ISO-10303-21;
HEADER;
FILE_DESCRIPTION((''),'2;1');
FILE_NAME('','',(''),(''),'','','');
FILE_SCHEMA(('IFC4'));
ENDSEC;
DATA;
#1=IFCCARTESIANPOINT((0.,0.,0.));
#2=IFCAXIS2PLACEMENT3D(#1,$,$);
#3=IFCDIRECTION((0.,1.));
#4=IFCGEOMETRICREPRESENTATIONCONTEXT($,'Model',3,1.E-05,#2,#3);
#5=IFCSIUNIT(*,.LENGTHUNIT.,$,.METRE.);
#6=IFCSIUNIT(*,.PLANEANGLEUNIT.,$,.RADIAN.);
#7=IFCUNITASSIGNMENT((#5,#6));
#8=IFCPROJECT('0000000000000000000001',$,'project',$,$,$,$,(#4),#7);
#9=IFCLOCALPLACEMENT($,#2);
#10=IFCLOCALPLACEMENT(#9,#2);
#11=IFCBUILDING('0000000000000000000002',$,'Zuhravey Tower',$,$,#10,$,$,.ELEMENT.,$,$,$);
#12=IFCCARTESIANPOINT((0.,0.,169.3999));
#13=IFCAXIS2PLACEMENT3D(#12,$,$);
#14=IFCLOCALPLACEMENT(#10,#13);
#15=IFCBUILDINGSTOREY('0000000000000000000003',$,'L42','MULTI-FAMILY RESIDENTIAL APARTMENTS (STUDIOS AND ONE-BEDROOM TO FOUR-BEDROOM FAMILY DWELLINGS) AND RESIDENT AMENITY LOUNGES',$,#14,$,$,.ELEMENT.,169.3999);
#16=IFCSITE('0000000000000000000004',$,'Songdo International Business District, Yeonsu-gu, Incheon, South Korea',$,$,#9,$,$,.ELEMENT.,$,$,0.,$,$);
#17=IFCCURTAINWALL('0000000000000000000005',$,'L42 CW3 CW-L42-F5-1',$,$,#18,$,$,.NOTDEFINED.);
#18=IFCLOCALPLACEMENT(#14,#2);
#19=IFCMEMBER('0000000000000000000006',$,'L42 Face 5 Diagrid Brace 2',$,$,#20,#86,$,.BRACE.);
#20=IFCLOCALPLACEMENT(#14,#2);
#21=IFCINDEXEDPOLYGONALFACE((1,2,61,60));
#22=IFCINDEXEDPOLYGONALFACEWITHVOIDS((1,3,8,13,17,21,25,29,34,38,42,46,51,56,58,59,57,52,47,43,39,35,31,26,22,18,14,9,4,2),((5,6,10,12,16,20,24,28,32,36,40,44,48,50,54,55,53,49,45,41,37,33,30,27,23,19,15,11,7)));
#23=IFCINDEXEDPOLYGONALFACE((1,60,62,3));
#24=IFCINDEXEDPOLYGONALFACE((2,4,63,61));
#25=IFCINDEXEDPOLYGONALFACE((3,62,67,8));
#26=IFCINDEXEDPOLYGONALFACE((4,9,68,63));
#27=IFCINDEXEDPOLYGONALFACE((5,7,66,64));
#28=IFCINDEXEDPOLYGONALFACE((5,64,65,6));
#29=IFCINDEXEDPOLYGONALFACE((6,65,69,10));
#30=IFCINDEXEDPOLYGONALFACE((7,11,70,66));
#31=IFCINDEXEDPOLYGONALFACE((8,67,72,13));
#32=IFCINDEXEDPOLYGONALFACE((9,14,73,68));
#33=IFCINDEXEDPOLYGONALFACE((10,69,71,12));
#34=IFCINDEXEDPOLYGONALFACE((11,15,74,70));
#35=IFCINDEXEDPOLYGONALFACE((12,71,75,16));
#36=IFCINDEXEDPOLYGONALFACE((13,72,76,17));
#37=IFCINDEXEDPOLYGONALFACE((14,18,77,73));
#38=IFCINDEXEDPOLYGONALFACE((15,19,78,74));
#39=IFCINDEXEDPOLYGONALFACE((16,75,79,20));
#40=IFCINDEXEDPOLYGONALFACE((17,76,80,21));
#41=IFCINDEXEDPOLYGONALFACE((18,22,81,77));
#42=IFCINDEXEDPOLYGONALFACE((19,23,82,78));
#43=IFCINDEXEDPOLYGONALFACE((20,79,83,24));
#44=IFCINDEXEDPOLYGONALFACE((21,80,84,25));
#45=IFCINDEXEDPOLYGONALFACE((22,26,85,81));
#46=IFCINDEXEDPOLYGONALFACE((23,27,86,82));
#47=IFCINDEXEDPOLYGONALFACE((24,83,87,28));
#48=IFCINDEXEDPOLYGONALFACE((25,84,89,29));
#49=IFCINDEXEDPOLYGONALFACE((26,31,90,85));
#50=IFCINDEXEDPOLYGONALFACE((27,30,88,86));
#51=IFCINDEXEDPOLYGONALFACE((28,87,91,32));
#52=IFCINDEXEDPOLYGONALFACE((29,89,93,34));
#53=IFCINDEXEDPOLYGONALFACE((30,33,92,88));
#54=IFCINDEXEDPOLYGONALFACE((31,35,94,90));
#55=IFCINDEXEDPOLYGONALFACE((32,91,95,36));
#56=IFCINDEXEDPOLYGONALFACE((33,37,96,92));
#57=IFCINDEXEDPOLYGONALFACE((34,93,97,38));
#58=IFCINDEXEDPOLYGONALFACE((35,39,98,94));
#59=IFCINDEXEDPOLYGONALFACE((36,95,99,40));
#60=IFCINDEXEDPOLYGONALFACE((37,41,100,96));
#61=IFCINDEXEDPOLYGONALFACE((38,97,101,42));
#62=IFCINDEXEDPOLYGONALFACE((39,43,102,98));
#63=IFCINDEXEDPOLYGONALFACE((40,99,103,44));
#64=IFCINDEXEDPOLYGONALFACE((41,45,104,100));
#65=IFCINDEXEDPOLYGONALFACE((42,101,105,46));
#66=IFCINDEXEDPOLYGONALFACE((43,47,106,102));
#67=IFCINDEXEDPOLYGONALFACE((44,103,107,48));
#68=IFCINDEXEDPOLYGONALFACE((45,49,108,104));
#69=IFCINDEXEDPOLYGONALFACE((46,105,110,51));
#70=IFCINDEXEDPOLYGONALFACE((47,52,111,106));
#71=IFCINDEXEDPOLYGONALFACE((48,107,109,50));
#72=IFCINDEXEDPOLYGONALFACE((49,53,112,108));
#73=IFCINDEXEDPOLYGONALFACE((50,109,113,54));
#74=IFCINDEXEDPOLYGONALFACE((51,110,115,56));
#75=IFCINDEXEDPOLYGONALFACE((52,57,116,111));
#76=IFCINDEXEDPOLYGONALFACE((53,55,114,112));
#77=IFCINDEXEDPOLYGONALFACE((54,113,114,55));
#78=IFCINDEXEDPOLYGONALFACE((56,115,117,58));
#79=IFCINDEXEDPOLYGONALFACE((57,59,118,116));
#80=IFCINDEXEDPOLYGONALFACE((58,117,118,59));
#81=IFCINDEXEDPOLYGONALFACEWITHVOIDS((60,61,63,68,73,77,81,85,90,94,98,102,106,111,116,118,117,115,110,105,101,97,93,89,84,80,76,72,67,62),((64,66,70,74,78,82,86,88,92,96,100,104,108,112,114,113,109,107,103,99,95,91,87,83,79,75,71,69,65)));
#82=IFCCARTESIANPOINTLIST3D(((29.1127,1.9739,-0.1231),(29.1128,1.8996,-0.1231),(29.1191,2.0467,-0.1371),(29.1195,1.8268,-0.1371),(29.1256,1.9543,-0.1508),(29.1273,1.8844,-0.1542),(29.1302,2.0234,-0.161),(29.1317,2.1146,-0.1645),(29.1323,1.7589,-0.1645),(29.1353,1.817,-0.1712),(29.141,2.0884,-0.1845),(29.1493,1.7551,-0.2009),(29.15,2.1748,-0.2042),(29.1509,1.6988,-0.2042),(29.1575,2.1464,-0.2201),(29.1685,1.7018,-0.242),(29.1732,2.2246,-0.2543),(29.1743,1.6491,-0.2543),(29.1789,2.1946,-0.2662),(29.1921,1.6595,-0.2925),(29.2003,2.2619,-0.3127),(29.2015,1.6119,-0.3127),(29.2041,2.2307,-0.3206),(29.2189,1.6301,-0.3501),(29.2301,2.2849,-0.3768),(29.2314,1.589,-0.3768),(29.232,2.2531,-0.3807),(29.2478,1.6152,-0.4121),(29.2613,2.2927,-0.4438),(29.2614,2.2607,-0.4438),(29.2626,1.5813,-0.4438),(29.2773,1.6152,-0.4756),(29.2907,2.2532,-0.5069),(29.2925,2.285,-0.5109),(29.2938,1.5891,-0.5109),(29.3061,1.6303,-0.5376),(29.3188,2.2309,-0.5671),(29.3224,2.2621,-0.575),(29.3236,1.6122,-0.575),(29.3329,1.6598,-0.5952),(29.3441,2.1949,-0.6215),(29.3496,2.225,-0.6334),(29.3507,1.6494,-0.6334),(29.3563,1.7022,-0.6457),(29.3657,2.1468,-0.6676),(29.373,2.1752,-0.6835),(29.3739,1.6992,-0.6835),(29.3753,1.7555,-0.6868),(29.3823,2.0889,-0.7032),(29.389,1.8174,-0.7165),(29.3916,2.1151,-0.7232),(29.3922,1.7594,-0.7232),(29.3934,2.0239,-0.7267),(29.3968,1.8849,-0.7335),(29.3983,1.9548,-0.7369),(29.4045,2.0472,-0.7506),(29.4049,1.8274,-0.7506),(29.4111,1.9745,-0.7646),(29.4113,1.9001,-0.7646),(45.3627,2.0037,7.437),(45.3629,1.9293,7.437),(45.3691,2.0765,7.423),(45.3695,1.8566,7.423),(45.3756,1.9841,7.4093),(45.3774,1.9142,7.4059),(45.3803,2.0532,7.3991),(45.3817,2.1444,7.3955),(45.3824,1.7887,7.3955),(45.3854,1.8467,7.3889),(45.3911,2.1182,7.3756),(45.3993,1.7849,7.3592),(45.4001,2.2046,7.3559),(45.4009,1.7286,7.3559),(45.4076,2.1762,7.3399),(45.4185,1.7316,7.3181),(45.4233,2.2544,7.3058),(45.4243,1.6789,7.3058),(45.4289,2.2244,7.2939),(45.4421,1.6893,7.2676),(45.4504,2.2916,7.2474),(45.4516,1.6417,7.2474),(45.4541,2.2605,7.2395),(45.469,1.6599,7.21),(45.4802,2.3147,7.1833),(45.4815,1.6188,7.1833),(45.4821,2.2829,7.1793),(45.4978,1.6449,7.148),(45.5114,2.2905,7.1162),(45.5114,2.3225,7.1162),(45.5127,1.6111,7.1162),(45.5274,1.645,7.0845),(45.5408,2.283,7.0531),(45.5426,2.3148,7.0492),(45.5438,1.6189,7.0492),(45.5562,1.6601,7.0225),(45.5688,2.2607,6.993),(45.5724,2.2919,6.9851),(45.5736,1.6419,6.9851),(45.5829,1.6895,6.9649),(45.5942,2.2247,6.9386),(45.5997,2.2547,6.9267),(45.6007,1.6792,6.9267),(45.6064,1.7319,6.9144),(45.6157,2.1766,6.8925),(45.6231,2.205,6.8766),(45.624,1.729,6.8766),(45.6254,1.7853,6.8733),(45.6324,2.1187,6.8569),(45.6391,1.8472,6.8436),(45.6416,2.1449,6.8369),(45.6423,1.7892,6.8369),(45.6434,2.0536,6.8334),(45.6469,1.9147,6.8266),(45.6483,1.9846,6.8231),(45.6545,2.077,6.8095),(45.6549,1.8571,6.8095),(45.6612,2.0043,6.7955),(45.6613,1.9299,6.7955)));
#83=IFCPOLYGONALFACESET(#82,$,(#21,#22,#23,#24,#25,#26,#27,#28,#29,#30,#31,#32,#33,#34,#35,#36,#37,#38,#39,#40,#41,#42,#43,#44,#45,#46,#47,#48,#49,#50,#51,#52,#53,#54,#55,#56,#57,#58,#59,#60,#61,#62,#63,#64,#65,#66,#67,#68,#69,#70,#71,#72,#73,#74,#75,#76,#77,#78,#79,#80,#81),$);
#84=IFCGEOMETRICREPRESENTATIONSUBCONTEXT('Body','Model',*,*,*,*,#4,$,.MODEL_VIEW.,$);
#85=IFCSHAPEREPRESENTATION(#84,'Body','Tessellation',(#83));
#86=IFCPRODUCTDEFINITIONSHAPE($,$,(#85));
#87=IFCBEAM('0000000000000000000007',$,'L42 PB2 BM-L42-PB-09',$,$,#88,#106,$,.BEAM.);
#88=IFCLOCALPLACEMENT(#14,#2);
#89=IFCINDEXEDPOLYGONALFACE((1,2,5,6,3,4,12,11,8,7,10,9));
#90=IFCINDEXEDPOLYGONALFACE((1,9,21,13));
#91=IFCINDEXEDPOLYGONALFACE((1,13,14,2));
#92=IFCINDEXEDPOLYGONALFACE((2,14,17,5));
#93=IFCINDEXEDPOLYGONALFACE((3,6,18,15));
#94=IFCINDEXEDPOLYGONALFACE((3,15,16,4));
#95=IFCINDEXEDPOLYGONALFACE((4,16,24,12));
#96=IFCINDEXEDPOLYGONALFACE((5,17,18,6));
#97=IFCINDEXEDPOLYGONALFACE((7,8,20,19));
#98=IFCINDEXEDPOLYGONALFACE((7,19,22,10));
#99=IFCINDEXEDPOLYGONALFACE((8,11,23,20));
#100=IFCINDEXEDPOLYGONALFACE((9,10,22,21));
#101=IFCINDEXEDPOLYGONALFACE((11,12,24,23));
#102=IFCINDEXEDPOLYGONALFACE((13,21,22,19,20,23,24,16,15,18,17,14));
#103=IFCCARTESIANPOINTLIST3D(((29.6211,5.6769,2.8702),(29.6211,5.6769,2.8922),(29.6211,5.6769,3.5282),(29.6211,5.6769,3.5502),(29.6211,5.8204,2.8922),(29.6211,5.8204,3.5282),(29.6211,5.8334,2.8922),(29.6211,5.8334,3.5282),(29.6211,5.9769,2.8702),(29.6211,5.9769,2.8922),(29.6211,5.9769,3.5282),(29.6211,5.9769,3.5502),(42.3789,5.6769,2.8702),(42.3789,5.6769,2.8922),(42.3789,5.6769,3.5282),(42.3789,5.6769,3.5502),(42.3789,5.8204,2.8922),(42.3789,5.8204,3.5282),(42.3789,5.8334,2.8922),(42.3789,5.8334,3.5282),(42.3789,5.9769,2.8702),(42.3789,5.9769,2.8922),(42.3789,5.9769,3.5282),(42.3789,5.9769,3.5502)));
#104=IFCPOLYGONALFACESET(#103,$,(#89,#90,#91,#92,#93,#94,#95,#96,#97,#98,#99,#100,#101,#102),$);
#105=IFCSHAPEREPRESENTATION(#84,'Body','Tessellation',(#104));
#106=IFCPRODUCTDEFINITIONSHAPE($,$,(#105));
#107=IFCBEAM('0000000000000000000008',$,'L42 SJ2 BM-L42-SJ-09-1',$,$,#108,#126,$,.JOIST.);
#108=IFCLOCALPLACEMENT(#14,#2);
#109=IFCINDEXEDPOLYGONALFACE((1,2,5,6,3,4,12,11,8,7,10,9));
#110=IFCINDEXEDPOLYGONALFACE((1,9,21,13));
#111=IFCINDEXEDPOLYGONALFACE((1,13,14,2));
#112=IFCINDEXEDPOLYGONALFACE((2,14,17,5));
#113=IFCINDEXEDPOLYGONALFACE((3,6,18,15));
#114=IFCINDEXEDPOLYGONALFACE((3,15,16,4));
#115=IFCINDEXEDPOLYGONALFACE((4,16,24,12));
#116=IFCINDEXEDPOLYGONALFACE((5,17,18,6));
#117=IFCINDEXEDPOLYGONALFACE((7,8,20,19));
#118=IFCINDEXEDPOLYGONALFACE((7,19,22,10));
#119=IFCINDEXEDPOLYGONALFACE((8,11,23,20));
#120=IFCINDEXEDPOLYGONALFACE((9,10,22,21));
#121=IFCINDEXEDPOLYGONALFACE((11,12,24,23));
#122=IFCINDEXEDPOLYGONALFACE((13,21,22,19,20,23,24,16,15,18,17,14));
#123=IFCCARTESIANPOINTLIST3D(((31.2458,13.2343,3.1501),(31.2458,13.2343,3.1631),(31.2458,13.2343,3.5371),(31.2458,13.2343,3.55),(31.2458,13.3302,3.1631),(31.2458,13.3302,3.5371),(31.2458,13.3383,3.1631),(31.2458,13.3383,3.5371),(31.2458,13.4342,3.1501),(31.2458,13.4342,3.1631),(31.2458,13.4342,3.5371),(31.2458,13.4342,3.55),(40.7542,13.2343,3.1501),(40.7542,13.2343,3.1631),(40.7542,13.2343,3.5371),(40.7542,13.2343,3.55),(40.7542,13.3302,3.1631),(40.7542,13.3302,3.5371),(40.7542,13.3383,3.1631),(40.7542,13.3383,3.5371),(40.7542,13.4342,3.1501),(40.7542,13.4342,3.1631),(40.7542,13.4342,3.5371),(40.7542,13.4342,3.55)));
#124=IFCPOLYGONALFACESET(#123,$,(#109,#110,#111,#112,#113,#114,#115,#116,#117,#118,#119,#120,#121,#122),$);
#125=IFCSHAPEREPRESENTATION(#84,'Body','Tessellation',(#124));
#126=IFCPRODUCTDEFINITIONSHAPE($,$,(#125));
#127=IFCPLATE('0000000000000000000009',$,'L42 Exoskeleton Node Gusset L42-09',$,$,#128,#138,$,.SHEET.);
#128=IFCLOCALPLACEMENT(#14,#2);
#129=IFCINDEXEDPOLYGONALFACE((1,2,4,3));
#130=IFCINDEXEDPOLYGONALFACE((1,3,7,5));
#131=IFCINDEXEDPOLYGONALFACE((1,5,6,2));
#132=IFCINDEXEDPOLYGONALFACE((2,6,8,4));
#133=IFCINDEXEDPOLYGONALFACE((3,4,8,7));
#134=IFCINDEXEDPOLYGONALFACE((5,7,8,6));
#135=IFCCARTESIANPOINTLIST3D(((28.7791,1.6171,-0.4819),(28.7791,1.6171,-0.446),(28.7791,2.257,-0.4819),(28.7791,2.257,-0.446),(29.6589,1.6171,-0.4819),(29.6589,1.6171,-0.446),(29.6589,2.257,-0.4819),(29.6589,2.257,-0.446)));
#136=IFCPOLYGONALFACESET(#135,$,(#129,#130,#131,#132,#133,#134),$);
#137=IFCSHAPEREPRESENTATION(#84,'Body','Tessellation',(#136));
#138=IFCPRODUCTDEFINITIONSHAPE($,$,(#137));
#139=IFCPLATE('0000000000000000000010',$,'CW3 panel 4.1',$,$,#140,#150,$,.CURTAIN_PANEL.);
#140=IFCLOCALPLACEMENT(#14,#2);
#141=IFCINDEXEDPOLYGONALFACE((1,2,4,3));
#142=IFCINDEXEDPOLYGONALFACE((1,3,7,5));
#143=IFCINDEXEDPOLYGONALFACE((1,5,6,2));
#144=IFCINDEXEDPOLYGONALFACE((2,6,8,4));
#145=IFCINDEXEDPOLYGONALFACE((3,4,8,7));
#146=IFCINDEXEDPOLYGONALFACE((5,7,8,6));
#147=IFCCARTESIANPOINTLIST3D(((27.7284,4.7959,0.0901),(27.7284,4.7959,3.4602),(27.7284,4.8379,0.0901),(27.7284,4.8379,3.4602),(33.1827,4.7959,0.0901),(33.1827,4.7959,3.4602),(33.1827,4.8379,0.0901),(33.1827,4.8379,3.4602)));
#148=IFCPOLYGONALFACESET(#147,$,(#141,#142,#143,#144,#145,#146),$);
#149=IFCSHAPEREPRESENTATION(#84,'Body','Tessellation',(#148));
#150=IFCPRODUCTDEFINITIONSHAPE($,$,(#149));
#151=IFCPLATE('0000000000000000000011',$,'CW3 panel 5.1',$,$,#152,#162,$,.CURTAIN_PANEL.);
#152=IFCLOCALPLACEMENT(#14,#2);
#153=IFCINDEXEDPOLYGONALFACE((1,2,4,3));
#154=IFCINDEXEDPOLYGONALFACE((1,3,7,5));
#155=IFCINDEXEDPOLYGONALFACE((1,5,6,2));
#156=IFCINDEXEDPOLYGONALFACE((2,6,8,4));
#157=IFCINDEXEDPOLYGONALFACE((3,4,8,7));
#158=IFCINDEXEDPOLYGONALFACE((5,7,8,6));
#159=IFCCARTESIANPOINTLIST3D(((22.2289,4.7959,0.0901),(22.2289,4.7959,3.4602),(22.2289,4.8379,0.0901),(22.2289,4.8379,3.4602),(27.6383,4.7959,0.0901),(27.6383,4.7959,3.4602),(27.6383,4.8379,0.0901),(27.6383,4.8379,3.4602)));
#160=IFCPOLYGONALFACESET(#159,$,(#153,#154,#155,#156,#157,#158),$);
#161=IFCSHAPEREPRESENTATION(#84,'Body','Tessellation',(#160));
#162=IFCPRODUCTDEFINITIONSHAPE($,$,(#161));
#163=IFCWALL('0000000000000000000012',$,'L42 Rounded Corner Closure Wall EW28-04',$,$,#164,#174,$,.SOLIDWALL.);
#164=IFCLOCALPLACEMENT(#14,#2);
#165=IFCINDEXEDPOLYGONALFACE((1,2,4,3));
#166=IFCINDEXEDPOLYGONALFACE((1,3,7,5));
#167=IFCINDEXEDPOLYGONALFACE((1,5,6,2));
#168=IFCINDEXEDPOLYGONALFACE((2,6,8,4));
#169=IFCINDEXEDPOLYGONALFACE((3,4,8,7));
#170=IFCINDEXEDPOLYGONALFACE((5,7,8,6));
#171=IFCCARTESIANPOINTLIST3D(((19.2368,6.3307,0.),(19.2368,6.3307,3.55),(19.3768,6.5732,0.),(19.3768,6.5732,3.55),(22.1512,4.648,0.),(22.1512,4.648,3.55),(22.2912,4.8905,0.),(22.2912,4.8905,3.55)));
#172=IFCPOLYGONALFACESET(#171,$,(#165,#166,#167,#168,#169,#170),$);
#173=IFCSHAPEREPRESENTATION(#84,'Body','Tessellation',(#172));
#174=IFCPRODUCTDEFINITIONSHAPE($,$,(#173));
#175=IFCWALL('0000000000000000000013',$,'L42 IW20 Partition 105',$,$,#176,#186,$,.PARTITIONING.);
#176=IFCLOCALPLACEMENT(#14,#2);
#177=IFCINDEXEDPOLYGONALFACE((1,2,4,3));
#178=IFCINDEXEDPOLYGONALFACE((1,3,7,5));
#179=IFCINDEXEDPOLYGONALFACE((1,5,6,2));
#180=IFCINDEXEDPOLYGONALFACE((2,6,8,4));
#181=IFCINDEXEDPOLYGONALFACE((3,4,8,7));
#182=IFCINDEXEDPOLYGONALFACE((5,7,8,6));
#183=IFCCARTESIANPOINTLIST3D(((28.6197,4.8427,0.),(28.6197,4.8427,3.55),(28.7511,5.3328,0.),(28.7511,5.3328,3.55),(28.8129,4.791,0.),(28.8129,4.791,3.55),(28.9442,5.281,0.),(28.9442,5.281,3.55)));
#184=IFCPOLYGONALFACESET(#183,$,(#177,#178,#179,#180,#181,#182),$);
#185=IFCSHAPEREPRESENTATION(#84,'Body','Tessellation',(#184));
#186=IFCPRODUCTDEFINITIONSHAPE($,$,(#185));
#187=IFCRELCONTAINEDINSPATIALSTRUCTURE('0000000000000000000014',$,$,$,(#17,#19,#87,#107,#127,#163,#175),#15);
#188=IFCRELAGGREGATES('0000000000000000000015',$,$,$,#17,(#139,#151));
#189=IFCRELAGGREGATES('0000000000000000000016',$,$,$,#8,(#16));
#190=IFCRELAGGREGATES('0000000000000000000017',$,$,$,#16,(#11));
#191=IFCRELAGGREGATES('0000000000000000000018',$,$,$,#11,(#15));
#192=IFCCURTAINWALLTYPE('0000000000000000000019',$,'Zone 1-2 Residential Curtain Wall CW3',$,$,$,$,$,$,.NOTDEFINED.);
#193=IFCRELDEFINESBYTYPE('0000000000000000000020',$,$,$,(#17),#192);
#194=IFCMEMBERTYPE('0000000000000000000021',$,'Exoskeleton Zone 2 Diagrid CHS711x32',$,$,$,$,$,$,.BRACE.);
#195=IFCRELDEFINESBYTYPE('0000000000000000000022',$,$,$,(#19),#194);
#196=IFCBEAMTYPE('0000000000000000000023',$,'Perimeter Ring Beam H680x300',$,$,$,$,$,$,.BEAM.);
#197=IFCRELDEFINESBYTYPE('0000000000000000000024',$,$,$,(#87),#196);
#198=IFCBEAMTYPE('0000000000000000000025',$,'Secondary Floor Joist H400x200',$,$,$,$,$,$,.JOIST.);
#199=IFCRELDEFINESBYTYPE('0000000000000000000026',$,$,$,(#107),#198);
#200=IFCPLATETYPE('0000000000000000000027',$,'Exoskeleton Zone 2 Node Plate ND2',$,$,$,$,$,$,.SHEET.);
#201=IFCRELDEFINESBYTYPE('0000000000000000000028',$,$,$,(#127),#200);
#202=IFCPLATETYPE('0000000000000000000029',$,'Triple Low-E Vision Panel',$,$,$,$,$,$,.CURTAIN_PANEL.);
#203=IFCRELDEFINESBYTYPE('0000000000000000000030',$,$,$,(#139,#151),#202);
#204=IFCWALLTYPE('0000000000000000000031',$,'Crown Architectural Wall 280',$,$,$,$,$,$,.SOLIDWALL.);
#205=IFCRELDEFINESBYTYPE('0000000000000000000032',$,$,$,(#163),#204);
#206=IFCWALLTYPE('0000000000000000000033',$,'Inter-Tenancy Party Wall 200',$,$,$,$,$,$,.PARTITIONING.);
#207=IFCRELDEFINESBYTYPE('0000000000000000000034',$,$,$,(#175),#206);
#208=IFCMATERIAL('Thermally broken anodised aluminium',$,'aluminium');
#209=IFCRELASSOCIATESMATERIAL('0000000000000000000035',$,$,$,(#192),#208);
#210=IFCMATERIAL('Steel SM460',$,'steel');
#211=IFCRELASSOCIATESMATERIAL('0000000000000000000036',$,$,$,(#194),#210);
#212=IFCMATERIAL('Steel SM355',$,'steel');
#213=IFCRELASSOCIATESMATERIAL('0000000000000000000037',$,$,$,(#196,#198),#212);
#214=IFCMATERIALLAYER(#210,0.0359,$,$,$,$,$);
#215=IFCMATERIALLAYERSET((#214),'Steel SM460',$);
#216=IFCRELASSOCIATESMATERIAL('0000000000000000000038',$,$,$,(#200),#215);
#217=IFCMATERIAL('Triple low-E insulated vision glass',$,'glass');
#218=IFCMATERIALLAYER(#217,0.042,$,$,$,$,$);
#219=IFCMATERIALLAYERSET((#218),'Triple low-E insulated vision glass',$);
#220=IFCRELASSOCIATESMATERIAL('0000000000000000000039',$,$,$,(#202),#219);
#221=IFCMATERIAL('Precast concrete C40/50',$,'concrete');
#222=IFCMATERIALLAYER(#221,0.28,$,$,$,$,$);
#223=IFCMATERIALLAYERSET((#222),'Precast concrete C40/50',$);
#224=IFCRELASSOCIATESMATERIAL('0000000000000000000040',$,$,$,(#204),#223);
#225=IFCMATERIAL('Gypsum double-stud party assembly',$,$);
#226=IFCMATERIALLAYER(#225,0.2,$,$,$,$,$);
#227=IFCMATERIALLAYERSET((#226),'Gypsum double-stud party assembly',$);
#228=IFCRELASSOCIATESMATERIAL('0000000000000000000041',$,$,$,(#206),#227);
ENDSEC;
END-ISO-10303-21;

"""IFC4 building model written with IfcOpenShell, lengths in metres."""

from ifc_helpers import new_model, si_unit, direction, frame, frame_2d, origin, origin_2d, place, context, subcontext, project, spatial, rectangle, hollow_circle, i_section, extrude, material, layer, layer_set, material_profile, profile_set, type_object, element, aggregate, save


model = new_model("IFC4")

# Units and contexts
model_context = context("Model", 3, precision=1e-05, world=origin(), true_north=direction((0.0, 1.0)))
body_context = subcontext(model_context, "Body", "Model", "MODEL_VIEW")
ifc_project = project(units=[si_unit("LENGTHUNIT", "METRE"), si_unit("PLANEANGLEUNIT", "RADIAN")], contexts=[model_context])

# Site, building, storey
site_placement = place(None, origin())
site = spatial("IfcSite", under=ifc_project, at=site_placement, Name="Songdo International Business District, Yeonsu-gu, Incheon, South Korea", CompositionType="ELEMENT", RefElevation=0.0)
building_placement = place(site_placement, origin())
building = spatial("IfcBuilding", under=site, at=building_placement, Name="Zuhravey Tower", CompositionType="ELEMENT")
storey_placement = place(building_placement, frame((0.0, 0.0, 169.3999)))
storey = spatial("IfcBuildingStorey", under=building, at=storey_placement, Name="L42", Description="MULTI-FAMILY RESIDENTIAL APARTMENTS (STUDIOS AND ONE-BEDROOM TO FOUR-BEDROOM FAMILY DWELLINGS) AND RESIDENT AMENITY LOUNGES", CompositionType="ELEMENT", Elevation=169.3999)

# Curtain wall
ifc_material_1 = material(Name="Thermally broken anodised aluminium", Category="aluminium")
curtain_wall_type = type_object("IfcCurtainWallType", Name="Zone 1-2 Residential Curtain Wall CW3", PredefinedType="NOTDEFINED", material=ifc_material_1)
curtain_wall_placement = place(storey_placement, origin())
curtain_wall = element("IfcCurtainWall", 1, at=curtain_wall_placement, inside=storey, type_object=curtain_wall_type, Name="L42 CW3 CW-L42-F5-1", PredefinedType="NOTDEFINED")

# Member
ifc_material_2 = material(Name="Steel SM355", Category="steel")
ifc_material_3 = material(Name="Steel SM460", Category="steel")
ifc_material_profile_1 = material_profile(ifc_material_3, hollow_circle(Radius=0.3557, WallThickness=0.032, at=origin_2d()), Name="CHS-711.2x32")
ifc_profile_set_1 = profile_set([ifc_material_profile_1], Name="Steel SM460")
member_type_1 = type_object("IfcMemberType", Name="Exoskeleton Zone 2 Diagrid CHS711x32", PredefinedType="BRACE", material=ifc_profile_set_1)
member_1_placement = place(storey_placement, frame((29.262, 1.937, -0.4438), z_axis=(0.906679, 0.001662, 0.421818), x_axis=(-0.001833, 0.999998, 0.0)))
element("IfcMember", 2, at=member_1_placement, inside=storey, type_object=member_type_1, Name="L42 Face 5 Diagrid Brace 2", PredefinedType="BRACE", context=body_context, shape_type="SweptSolid", body=[
    extrude(hollow_circle(Radius=0.3557, WallThickness=0.032, at=origin_2d()), origin(), (0.0, 0.0, 1.0), 17.9226),
])

# Beams
ifc_material_profile_2 = material_profile(ifc_material_2, i_section(OverallWidth=0.3, OverallDepth=0.6799, WebThickness=0.0129, FlangeThickness=0.022, at=origin_2d()), Name="H-680x300x13x22")
ifc_profile_set_2 = profile_set([ifc_material_profile_2], Name="Steel SM355")
beam_type_1 = type_object("IfcBeamType", Name="Perimeter Ring Beam H680x300", PredefinedType="BEAM", material=ifc_profile_set_2)
beam_1_placement = place(storey_placement, frame((29.6211, 5.8269, 3.2102), z_axis=(1.0, 0.0, 0.0), x_axis=(0.0, 1.0, 0.0)))
element("IfcBeam", 3, at=beam_1_placement, inside=storey, type_object=beam_type_1, Name="L42 PB2 BM-L42-PB-09", PredefinedType="BEAM", context=body_context, shape_type="SweptSolid", body=[
    extrude(i_section(OverallWidth=0.3, OverallDepth=0.6799, WebThickness=0.0129, FlangeThickness=0.022, at=origin_2d()), origin(), (0.0, 0.0, 1.0), 12.7578),
])
ifc_material_profile_3 = material_profile(ifc_material_2, i_section(OverallWidth=0.2, OverallDepth=0.3999, WebThickness=0.0081, FlangeThickness=0.0129, at=origin_2d()), Name="H-400x200x8x13")
ifc_profile_set_3 = profile_set([ifc_material_profile_3], Name="Steel SM355")
beam_type_2 = type_object("IfcBeamType", Name="Secondary Floor Joist H400x200", PredefinedType="JOIST", material=ifc_profile_set_3)
beam_2_placement = place(storey_placement, frame((31.2458, 13.3342, 3.3501), z_axis=(1.0, 0.0, 0.0), x_axis=(0.0, 1.0, 0.0)))
element("IfcBeam", 4, at=beam_2_placement, inside=storey, type_object=beam_type_2, Name="L42 SJ2 BM-L42-SJ-09-1", PredefinedType="JOIST", context=body_context, shape_type="SweptSolid", body=[
    extrude(i_section(OverallWidth=0.2, OverallDepth=0.3999, WebThickness=0.0081, FlangeThickness=0.0129, at=origin_2d()), origin(), (0.0, 0.0, 1.0), 9.5083),
])

# Plates
ifc_layer_1 = layer(ifc_material_3, 0.0359)
ifc_layer_set_1 = layer_set([ifc_layer_1], Name="Steel SM460")
plate_type_1 = type_object("IfcPlateType", Name="Exoskeleton Zone 2 Node Plate ND2", PredefinedType="SHEET", material=ifc_layer_set_1)
plate_1_placement = place(storey_placement, frame((29.219, 1.937, -0.4819), z_axis=(0.0, 0.0, 1.0), x_axis=(1.0, 0.0, 0.0)))
element("IfcPlate", 5, at=plate_1_placement, inside=storey, type_object=plate_type_1, Name="L42 Exoskeleton Node Gusset L42-09", PredefinedType="SHEET", context=body_context, shape_type="SweptSolid", body=[
    extrude(rectangle(XDim=0.8799, YDim=0.6399, at=origin_2d()), origin(), (0.0, 0.0, 1.0), 0.0359),
])
ifc_material_4 = material(Name="Triple low-E insulated vision glass", Category="glass")
ifc_layer_2 = layer(ifc_material_4, 0.042)
ifc_layer_set_2 = layer_set([ifc_layer_2], Name="Triple low-E insulated vision glass")
plate_type_2 = type_object("IfcPlateType", Name="Triple Low-E Vision Panel", PredefinedType="CURTAIN_PANEL", material=ifc_layer_set_2)
plate_2_placement = place(storey_placement, frame((30.4556, 4.8169, 0.0901), z_axis=(0.0, 0.0, 1.0), x_axis=(-1.0, 0.0, 0.0)))
plate_2 = element("IfcPlate", 6, at=plate_2_placement, type_object=plate_type_2, Name="CW3 panel 4.1", PredefinedType="CURTAIN_PANEL", context=body_context, shape_type="SweptSolid", body=[
    extrude(rectangle(XDim=5.4543, YDim=0.042, at=origin_2d()), origin(), (0.0, 0.0, 1.0), 3.3701),
])
plate_3_placement = place(storey_placement, frame((24.9336, 4.8169, 0.0901), z_axis=(0.0, 0.0, 1.0), x_axis=(-1.0, 0.0, 0.0)))
plate_3 = element("IfcPlate", 7, at=plate_3_placement, type_object=plate_type_2, Name="CW3 panel 5.1", PredefinedType="CURTAIN_PANEL", context=body_context, shape_type="SweptSolid", body=[
    extrude(rectangle(XDim=5.4094, YDim=0.042, at=origin_2d()), origin(), (0.0, 0.0, 1.0), 3.3701),
])
aggregate(curtain_wall, [plate_2, plate_3])

# Walls
ifc_material_5 = material(Name="Precast concrete C40/50", Category="concrete")
ifc_layer_3 = layer(ifc_material_5, 0.28)
ifc_layer_set_3 = layer_set([ifc_layer_3], Name="Precast concrete C40/50")
wall_type_1 = type_object("IfcWallType", Name="Crown Architectural Wall 280", PredefinedType="SOLIDWALL", material=ifc_layer_set_3)
wall_1_placement = place(storey_placement, frame((22.2212, 4.7693, 0.0), z_axis=(0.0, 0.0, 1.0), x_axis=(-0.86602, 0.500009, 0.0)))
element("IfcWall", 8, at=wall_1_placement, inside=storey, type_object=wall_type_1, Name="L42 Rounded Corner Closure Wall EW28-04", PredefinedType="SOLIDWALL", context=body_context, shape_type="SweptSolid", body=[
    extrude(rectangle(XDim=3.3652, YDim=0.28, at=frame_2d((1.6826, 0.0))), origin(), (0.0, 0.0, 1.0), 3.55),
])
ifc_material_6 = material(Name="Gypsum double-stud party assembly")
ifc_layer_4 = layer(ifc_material_6, 0.2)
ifc_layer_set_4 = layer_set([ifc_layer_4], Name="Gypsum double-stud party assembly")
wall_type_2 = type_object("IfcWallType", Name="Inter-Tenancy Party Wall 200", PredefinedType="PARTITIONING", material=ifc_layer_set_4)
wall_2_placement = place(storey_placement, frame((28.8477, 5.3069, 0.0), z_axis=(0.0, 0.0, 1.0), x_axis=(-0.258921, -0.965899, 0.0)))
element("IfcWall", 9, at=wall_2_placement, inside=storey, type_object=wall_type_2, Name="L42 IW20 Partition 105", PredefinedType="PARTITIONING", context=body_context, shape_type="SweptSolid", body=[
    extrude(rectangle(XDim=0.5073, YDim=0.2, at=frame_2d((0.2537, 0.0))), origin(), (0.0, 0.0, 1.0), 3.55),
])

save(model, "model.ifc")
